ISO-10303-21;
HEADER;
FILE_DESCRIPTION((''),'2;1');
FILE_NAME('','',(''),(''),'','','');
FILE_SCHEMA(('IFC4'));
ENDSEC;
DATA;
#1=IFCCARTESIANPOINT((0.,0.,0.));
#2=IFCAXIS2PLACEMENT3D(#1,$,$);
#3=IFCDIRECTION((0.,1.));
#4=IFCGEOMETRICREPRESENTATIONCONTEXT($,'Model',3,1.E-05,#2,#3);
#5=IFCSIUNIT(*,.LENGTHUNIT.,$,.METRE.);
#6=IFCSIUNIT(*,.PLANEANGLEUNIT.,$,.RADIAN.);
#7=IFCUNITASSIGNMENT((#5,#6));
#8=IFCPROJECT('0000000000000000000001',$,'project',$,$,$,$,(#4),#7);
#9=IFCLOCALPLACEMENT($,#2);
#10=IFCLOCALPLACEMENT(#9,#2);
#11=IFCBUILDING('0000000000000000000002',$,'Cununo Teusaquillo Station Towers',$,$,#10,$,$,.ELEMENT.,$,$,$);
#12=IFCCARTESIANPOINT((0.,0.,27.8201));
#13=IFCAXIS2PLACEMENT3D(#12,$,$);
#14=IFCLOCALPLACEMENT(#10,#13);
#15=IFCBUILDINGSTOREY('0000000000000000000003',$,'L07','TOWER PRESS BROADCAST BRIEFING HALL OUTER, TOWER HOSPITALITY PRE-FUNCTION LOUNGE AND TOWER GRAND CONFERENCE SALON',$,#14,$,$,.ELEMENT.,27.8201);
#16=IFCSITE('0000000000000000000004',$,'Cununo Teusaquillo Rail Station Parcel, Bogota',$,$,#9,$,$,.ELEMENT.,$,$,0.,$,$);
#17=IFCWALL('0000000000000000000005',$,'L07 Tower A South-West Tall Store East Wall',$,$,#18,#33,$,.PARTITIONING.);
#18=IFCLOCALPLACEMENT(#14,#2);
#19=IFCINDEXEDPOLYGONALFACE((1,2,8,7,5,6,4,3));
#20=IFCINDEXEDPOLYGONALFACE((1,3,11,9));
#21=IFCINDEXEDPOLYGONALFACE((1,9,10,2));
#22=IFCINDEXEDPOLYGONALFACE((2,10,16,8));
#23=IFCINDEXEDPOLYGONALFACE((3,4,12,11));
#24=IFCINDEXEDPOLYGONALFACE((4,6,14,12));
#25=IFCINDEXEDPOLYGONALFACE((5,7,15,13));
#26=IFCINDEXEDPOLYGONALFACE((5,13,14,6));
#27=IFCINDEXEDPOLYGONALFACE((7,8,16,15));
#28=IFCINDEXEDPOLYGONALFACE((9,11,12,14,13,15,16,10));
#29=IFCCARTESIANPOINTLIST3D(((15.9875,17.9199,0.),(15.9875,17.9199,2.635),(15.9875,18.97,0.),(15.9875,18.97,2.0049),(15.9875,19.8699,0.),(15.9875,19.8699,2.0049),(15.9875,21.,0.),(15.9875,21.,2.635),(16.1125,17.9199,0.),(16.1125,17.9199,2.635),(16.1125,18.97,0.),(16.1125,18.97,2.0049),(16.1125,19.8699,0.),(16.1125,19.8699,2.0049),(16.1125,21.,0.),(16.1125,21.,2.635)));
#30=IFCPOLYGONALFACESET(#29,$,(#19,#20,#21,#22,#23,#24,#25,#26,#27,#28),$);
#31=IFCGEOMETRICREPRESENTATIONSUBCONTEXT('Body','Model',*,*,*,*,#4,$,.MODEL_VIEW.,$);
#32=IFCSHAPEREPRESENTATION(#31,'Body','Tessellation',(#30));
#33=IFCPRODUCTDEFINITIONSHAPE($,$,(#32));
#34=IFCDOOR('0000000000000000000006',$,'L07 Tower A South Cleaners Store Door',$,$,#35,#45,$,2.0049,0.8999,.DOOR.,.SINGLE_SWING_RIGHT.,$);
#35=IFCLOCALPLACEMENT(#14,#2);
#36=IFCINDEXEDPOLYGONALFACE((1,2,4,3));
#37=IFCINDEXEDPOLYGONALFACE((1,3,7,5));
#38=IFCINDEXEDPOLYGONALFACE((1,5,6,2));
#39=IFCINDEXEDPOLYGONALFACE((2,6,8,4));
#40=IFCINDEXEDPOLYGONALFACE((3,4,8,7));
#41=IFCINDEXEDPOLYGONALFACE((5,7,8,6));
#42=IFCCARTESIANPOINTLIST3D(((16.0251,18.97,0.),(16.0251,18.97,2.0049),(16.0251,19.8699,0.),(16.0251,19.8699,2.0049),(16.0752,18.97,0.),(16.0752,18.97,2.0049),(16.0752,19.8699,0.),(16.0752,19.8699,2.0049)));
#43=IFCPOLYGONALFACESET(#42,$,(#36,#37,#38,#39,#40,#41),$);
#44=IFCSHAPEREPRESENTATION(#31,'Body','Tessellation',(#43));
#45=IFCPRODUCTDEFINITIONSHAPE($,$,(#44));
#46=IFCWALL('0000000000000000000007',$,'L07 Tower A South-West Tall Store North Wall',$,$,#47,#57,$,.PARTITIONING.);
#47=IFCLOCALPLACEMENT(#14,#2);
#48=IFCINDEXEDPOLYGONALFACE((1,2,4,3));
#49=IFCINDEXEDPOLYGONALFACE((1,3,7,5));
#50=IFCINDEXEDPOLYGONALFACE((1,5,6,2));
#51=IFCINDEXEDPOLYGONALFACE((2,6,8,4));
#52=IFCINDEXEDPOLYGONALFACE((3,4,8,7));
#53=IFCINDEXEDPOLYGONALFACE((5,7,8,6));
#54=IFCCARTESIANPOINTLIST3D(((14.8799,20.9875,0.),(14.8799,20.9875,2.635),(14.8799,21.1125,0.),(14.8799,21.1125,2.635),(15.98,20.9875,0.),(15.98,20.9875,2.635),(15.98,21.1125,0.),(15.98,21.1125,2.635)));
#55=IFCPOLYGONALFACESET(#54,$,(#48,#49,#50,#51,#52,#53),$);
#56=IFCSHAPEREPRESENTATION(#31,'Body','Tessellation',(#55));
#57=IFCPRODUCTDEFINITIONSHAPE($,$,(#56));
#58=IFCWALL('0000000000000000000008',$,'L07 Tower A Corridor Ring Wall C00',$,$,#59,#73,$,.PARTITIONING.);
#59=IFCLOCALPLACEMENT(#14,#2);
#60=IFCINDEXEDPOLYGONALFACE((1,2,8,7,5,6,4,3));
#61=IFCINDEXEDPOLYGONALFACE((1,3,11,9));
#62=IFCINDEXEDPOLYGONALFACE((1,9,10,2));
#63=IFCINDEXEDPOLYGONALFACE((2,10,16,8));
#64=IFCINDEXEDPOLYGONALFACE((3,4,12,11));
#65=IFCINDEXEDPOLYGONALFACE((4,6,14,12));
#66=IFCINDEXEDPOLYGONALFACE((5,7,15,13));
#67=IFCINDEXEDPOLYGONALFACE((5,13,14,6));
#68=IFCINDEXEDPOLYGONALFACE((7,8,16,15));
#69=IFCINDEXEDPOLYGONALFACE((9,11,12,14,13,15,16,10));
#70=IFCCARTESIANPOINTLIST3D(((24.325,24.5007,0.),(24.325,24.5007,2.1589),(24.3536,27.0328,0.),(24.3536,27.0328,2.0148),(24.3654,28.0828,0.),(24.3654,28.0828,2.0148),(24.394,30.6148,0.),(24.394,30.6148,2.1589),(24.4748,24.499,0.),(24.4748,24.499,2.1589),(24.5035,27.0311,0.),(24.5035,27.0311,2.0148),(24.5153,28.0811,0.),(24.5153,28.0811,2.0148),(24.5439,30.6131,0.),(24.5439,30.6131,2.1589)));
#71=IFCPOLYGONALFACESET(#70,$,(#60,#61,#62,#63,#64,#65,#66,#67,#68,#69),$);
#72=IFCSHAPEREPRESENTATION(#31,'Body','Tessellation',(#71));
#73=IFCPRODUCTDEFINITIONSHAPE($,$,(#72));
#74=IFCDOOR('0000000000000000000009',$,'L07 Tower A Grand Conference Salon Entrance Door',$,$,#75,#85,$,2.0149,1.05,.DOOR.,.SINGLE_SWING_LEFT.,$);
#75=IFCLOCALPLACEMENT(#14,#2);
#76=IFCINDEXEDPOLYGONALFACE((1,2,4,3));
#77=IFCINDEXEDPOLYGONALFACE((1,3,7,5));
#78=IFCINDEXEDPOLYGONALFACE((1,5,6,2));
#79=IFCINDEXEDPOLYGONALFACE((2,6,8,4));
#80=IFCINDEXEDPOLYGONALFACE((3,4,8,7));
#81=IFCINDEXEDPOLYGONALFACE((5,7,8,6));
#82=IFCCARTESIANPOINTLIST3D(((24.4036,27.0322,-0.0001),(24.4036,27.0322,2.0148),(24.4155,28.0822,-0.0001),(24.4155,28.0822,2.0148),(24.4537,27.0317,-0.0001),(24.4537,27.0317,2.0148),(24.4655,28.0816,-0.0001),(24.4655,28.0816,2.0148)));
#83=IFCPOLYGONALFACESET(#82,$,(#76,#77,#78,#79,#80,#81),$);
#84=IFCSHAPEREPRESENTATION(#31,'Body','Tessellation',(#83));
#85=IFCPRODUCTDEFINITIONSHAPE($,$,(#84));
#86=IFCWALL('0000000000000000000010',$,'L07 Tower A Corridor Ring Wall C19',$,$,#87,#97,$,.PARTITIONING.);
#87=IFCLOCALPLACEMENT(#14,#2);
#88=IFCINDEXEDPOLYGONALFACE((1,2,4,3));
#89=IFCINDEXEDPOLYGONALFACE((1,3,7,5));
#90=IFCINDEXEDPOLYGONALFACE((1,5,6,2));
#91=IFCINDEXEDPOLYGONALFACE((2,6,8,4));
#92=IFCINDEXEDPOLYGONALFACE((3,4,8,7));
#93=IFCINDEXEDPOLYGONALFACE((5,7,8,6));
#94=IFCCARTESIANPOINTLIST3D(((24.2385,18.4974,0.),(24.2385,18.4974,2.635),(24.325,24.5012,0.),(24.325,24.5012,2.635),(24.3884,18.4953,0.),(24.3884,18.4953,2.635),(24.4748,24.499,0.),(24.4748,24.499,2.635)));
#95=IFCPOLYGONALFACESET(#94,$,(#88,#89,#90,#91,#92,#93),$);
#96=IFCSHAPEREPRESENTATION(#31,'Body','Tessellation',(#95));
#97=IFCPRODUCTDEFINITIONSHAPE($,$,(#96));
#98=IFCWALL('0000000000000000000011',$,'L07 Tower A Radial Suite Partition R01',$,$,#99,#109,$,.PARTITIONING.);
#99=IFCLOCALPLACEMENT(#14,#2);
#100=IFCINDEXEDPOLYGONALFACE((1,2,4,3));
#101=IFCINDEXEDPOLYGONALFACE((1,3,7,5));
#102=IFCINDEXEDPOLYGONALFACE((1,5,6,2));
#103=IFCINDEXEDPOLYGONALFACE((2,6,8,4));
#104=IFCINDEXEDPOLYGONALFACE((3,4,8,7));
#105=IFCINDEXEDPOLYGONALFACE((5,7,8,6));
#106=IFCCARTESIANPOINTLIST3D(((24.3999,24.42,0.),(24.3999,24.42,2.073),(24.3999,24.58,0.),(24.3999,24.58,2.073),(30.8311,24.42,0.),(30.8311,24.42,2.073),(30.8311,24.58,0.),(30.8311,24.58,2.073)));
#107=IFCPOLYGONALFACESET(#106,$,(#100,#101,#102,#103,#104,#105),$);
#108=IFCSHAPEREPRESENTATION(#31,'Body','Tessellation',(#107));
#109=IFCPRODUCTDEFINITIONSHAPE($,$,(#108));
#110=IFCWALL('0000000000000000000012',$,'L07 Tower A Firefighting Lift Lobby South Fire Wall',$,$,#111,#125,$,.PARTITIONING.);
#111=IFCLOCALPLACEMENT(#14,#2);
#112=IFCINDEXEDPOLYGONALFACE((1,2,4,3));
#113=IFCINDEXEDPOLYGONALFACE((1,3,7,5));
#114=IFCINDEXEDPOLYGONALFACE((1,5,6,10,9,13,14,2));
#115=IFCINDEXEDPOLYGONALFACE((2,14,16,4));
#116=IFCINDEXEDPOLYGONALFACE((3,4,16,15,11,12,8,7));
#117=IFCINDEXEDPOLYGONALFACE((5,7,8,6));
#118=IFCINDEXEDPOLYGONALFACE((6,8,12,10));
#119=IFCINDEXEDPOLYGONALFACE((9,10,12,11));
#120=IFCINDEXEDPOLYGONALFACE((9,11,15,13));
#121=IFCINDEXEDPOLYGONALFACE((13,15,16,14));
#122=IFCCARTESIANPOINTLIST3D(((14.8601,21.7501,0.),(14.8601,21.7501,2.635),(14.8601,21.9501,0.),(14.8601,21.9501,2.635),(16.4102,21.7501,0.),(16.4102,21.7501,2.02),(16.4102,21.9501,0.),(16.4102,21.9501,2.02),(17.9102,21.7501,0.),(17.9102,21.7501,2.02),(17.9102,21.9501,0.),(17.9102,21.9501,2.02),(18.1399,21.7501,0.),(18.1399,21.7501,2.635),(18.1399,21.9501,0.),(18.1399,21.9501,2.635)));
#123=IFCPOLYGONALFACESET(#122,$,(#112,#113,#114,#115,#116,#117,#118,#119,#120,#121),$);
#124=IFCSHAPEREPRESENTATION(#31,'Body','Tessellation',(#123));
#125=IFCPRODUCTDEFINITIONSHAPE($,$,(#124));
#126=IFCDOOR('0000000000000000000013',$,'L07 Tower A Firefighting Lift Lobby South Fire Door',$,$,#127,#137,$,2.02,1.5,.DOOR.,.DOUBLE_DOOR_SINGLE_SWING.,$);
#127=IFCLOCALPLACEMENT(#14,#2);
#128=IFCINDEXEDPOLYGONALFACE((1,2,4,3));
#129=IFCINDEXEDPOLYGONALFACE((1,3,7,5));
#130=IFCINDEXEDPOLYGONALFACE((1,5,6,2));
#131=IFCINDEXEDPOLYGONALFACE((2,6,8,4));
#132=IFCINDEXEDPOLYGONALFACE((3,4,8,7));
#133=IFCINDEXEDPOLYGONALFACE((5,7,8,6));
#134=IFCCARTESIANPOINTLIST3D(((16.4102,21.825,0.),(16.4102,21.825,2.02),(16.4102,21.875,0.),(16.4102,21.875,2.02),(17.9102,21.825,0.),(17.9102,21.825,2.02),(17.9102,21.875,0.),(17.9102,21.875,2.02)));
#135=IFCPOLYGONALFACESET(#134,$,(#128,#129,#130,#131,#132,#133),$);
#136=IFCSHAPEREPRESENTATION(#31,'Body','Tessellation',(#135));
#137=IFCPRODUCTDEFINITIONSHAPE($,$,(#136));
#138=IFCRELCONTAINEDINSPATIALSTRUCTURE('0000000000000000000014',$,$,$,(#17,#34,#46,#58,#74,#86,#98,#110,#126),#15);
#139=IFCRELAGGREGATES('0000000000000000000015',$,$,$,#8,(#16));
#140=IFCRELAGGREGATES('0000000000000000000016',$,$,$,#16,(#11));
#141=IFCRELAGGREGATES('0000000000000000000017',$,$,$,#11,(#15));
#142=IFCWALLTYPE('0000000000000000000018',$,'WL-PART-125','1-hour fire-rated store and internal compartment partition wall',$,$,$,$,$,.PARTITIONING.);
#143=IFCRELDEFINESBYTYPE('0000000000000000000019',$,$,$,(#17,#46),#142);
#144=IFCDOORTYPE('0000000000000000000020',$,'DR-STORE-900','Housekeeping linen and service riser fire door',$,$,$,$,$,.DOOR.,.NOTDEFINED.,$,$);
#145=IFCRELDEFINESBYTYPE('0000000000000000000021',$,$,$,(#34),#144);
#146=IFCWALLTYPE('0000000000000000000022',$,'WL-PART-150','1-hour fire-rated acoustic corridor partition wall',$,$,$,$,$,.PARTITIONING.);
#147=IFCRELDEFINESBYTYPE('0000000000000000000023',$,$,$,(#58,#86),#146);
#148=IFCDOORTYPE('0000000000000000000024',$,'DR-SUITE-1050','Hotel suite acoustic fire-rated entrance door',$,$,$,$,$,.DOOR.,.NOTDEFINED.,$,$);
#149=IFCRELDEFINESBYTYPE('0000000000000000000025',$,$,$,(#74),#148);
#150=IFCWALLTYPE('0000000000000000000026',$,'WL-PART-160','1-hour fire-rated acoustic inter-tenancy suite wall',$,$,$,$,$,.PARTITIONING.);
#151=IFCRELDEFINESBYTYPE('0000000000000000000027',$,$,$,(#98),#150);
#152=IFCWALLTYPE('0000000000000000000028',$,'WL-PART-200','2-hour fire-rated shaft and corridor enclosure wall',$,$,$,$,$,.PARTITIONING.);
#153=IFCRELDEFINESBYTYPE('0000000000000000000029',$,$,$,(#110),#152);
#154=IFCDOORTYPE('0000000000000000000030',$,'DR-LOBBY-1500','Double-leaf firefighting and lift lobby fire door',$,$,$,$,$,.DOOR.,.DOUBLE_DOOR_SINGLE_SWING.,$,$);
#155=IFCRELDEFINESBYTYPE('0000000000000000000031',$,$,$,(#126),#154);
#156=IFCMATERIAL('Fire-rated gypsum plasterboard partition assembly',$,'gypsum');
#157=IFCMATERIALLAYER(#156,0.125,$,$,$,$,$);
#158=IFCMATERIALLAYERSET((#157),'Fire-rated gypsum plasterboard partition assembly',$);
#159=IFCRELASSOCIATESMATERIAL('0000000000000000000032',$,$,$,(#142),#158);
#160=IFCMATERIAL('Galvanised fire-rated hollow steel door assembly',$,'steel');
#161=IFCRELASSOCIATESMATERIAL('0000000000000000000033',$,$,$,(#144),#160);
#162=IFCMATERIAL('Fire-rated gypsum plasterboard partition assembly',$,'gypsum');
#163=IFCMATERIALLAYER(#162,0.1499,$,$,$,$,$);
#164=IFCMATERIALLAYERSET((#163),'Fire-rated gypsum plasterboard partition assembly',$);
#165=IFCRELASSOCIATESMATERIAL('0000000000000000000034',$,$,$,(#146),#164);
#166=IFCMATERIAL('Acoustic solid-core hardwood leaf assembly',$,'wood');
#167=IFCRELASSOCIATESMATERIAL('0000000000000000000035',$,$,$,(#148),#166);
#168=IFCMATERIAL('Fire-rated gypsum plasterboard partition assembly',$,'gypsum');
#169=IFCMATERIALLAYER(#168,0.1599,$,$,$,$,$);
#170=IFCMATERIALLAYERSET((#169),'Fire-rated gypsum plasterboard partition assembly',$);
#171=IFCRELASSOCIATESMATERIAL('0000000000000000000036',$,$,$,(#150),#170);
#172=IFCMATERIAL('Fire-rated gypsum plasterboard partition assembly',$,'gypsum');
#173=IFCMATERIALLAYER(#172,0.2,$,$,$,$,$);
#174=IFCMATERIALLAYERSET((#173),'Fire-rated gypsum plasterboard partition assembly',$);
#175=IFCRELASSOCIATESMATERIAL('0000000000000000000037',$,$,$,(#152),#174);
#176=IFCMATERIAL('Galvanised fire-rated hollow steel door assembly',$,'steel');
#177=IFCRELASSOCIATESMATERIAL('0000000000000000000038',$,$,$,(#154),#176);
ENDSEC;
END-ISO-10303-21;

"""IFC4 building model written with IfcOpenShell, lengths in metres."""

from ifc_helpers import new_model, si_unit, direction, frame, frame_2d, origin, place, context, subcontext, project, spatial, rectangle, extrude, source, transform, mapped, material, layer, layer_set, type_object, element, fill, save


model = new_model("IFC4")

# Units and contexts
model_context = context("Model", 3, precision=1e-05, world=origin(), true_north=direction((0.0, 1.0)))
body_context = subcontext(model_context, "Body", "Model", "MODEL_VIEW")
ifc_project = project(units=[si_unit("LENGTHUNIT", "METRE"), si_unit("PLANEANGLEUNIT", "RADIAN")], contexts=[model_context])

# Site, building, storey
site_placement = place(None, origin())
site = spatial("IfcSite", under=ifc_project, at=site_placement, Name="Cununo Teusaquillo Rail Station Parcel, Bogota", CompositionType="ELEMENT", RefElevation=0.0)
building_placement = place(site_placement, origin())
building = spatial("IfcBuilding", under=site, at=building_placement, Name="Cununo Teusaquillo Station Towers", CompositionType="ELEMENT")
storey_placement = place(building_placement, frame((0.0, 0.0, 27.8201)))
storey = spatial("IfcBuildingStorey", under=building, at=storey_placement, Name="L07", Description="TOWER PRESS BROADCAST BRIEFING HALL OUTER, TOWER HOSPITALITY PRE-FUNCTION LOUNGE AND TOWER GRAND CONFERENCE SALON", CompositionType="ELEMENT", Elevation=27.8201)

# Wall, opening, door
ifc_material_1 = material(Name="Fire-rated gypsum plasterboard partition assembly", Category="gypsum")
ifc_layer_1 = layer(ifc_material_1, 0.125)
ifc_layer_set_1 = layer_set([ifc_layer_1], Name="Fire-rated gypsum plasterboard partition assembly")
wall_type_1 = type_object("IfcWallType", Name="WL-PART-125", Description="1-hour fire-rated store and internal compartment partition wall", PredefinedType="PARTITIONING", material=ifc_layer_set_1)
wall_1_placement = place(storey_placement, frame((16.05, 17.9199, 0.0), z_axis=(0.0, 0.0, 1.0), x_axis=(0.0, 1.0, 0.0)))
wall_1 = element("IfcWall", 1, at=wall_1_placement, inside=storey, type_object=wall_type_1, Name="L07 Tower A South-West Tall Store East Wall", PredefinedType="PARTITIONING", context=body_context, shape_type="SweptSolid", body=[
    extrude(rectangle(XDim=3.0801, YDim=0.125, at=frame_2d((1.54, 0.0))), origin(), (0.0, 0.0, 1.0), 2.635),
])
shared_shape_1 = source(origin(), body_context, "Body", "SweptSolid", [
    extrude(rectangle(XDim=0.8999, YDim=2.0049, at=frame_2d((0.45, 1.0024))), frame((0.0, 0.0725, 0.0), z_axis=(0.0, -1.0, 0.0), x_axis=(1.0, 0.0, 0.0)), (0.0, 0.0, 1.0), 0.145),
])
opening_1_placement = place(wall_1_placement, frame((1.05, 0.0, 0.0)))
opening_1 = element("IfcOpeningElement", 2, at=opening_1_placement, cuts=wall_1, PredefinedType="OPENING", context=body_context, shape_type="MappedRepresentation", body=[
    mapped(shared_shape_1, transform((0.0, 0.0, 0.0), x_axis=(1.0, 0.0, 0.0), y_axis=(0.0, 1.0, 0.0), z_axis=(0.0, 0.0, 1.0), scale=1.0)),
])
ifc_material_2 = material(Name="Galvanised fire-rated hollow steel door assembly", Category="steel")
door_type_1 = type_object("IfcDoorType", Name="DR-STORE-900", Description="Housekeeping linen and service riser fire door", OperationType="NOTDEFINED", PredefinedType="DOOR", material=ifc_material_2)
shared_shape_2 = source(origin(), body_context, "Body", "SweptSolid", [
    extrude(rectangle(XDim=0.8999, YDim=2.0049, at=frame_2d((0.45, 1.0024))), frame((0.0, 0.0249, 0.0), z_axis=(0.0, -1.0, 0.0), x_axis=(1.0, 0.0, 0.0)), (0.0, 0.0, 1.0), 0.05),
])
door_1_placement = place(opening_1_placement, origin())
door_1 = element("IfcDoor", 3, at=door_1_placement, inside=storey, type_object=door_type_1, Name="L07 Tower A South Cleaners Store Door", OperationType="SINGLE_SWING_RIGHT", OverallHeight=2.0049, OverallWidth=0.8999, PredefinedType="DOOR", context=body_context, shape_type="MappedRepresentation", body=[
    mapped(shared_shape_2, transform((0.0, 0.0, 0.0), x_axis=(1.0, 0.0, 0.0), y_axis=(0.0, 1.0, 0.0), z_axis=(0.0, 0.0, 1.0), scale=1.0)),
])
fill(opening_1, door_1)

# Wall
wall_2_placement = place(storey_placement, frame((14.8799, 21.05, 0.0), z_axis=(0.0, 0.0, 1.0), x_axis=(1.0, 0.0, 0.0)))
element("IfcWall", 4, at=wall_2_placement, inside=storey, type_object=wall_type_1, Name="L07 Tower A South-West Tall Store North Wall", PredefinedType="PARTITIONING", context=body_context, shape_type="SweptSolid", body=[
    extrude(rectangle(XDim=1.1001, YDim=0.125, at=frame_2d((0.55, 0.0))), origin(), (0.0, 0.0, 1.0), 2.635),
])

# Wall, opening, door
ifc_material_3 = material(Name="Fire-rated gypsum plasterboard partition assembly", Category="gypsum")
ifc_layer_2 = layer(ifc_material_3, 0.1499)
ifc_layer_set_2 = layer_set([ifc_layer_2], Name="Fire-rated gypsum plasterboard partition assembly")
wall_type_2 = type_object("IfcWallType", Name="WL-PART-150", Description="1-hour fire-rated acoustic corridor partition wall", PredefinedType="PARTITIONING", material=ifc_layer_set_2)
wall_3_placement = place(storey_placement, frame((24.3999, 24.5, 0.0), z_axis=(0.0, 0.0, 1.0), x_axis=(0.0113, 0.999936, 0.0)))
wall_3 = element("IfcWall", 5, at=wall_3_placement, inside=storey, type_object=wall_type_2, Name="L07 Tower A Corridor Ring Wall C00", PredefinedType="PARTITIONING", context=body_context, shape_type="SweptSolid", body=[
    extrude(rectangle(XDim=6.1145, YDim=0.1499, at=frame_2d((3.0571, 0.0))), origin(), (0.0, 0.0, 1.0), 2.1589),
])
shared_shape_3 = source(origin(), body_context, "Body", "SweptSolid", [
    extrude(rectangle(XDim=1.05, YDim=2.0149, at=frame_2d((0.5249, 1.0073))), frame((0.0, 0.085, 0.0), z_axis=(0.0, -1.0, 0.0), x_axis=(1.0, 0.0, 0.0)), (0.0, 0.0, 1.0), 0.1699),
])
opening_2_placement = place(wall_3_placement, frame((2.5322, 0.0, 0.0)))
opening_2 = element("IfcOpeningElement", 6, at=opening_2_placement, cuts=wall_3, PredefinedType="OPENING", context=body_context, shape_type="MappedRepresentation", body=[
    mapped(shared_shape_3, transform((0.0, 0.0, 0.0), x_axis=(1.0, 0.0, 0.0), y_axis=(0.0, 1.0, 0.0), z_axis=(0.0, 0.0, 1.0), scale=1.0)),
])
ifc_material_4 = material(Name="Acoustic solid-core hardwood leaf assembly", Category="wood")
door_type_2 = type_object("IfcDoorType", Name="DR-SUITE-1050", Description="Hotel suite acoustic fire-rated entrance door", OperationType="NOTDEFINED", PredefinedType="DOOR", material=ifc_material_4)
shared_shape_4 = source(origin(), body_context, "Body", "SweptSolid", [
    extrude(rectangle(XDim=1.05, YDim=2.0149, at=frame_2d((0.5249, 1.0073))), frame((0.0, 0.0249, 0.0), z_axis=(0.0, -1.0, 0.0), x_axis=(1.0, 0.0, 0.0)), (0.0, 0.0, 1.0), 0.05),
])
door_2_placement = place(opening_2_placement, origin())
door_2 = element("IfcDoor", 7, at=door_2_placement, inside=storey, type_object=door_type_2, Name="L07 Tower A Grand Conference Salon Entrance Door", OperationType="SINGLE_SWING_LEFT", OverallHeight=2.0149, OverallWidth=1.05, PredefinedType="DOOR", context=body_context, shape_type="MappedRepresentation", body=[
    mapped(shared_shape_4, transform((0.0, 0.0, 0.0), x_axis=(1.0, 0.0, 0.0), y_axis=(0.0, 1.0, 0.0), z_axis=(0.0, 0.0, 1.0), scale=1.0)),
])
fill(opening_2, door_2)

# Walls
wall_4_placement = place(storey_placement, frame((24.3135, 18.4963, 0.0), z_axis=(0.0, 0.0, 1.0), x_axis=(0.014394, 0.999896, 0.0)))
element("IfcWall", 8, at=wall_4_placement, inside=storey, type_object=wall_type_2, Name="L07 Tower A Corridor Ring Wall C19", PredefinedType="PARTITIONING", context=body_context, shape_type="SweptSolid", body=[
    extrude(rectangle(XDim=6.0044, YDim=0.1499, at=frame_2d((3.0022, 0.0))), origin(), (0.0, 0.0, 1.0), 2.635),
])
ifc_material_5 = material(Name="Fire-rated gypsum plasterboard partition assembly", Category="gypsum")
ifc_layer_3 = layer(ifc_material_5, 0.1599)
ifc_layer_set_3 = layer_set([ifc_layer_3], Name="Fire-rated gypsum plasterboard partition assembly")
wall_type_3 = type_object("IfcWallType", Name="WL-PART-160", Description="1-hour fire-rated acoustic inter-tenancy suite wall", PredefinedType="PARTITIONING", material=ifc_layer_set_3)
wall_5_placement = place(storey_placement, frame((24.3999, 24.5, 0.0), z_axis=(0.0, 0.0, 1.0), x_axis=(1.0, 0.0, 0.0)))
element("IfcWall", 9, at=wall_5_placement, inside=storey, type_object=wall_type_3, Name="L07 Tower A Radial Suite Partition R01", PredefinedType="PARTITIONING", context=body_context, shape_type="SweptSolid", body=[
    extrude(rectangle(XDim=6.4312, YDim=0.1599, at=frame_2d((3.2156, 0.0))), origin(), (0.0, 0.0, 1.0), 2.073),
])

# Wall, opening, door
ifc_material_6 = material(Name="Fire-rated gypsum plasterboard partition assembly", Category="gypsum")
ifc_layer_4 = layer(ifc_material_6, 0.2)
ifc_layer_set_4 = layer_set([ifc_layer_4], Name="Fire-rated gypsum plasterboard partition assembly")
wall_type_4 = type_object("IfcWallType", Name="WL-PART-200", Description="2-hour fire-rated shaft and corridor enclosure wall", PredefinedType="PARTITIONING", material=ifc_layer_set_4)
wall_6_placement = place(storey_placement, frame((14.8601, 21.8501, 0.0), z_axis=(0.0, 0.0, 1.0), x_axis=(1.0, 0.0, 0.0)))
wall_6 = element("IfcWall", 10, at=wall_6_placement, inside=storey, type_object=wall_type_4, Name="L07 Tower A Firefighting Lift Lobby South Fire Wall", PredefinedType="PARTITIONING", context=body_context, shape_type="SweptSolid", body=[
    extrude(rectangle(XDim=3.2798, YDim=0.2, at=frame_2d((1.6399, 0.0))), origin(), (0.0, 0.0, 1.0), 2.635),
])
shared_shape_5 = source(origin(), body_context, "Body", "SweptSolid", [
    extrude(rectangle(XDim=1.5, YDim=2.02, at=frame_2d((0.75, 1.01))), frame((0.0, 0.1099, 0.0), z_axis=(0.0, -1.0, 0.0), x_axis=(1.0, 0.0, 0.0)), (0.0, 0.0, 1.0), 0.22),
])
opening_3_placement = place(wall_6_placement, frame((1.55, 0.0, 0.0)))
opening_3 = element("IfcOpeningElement", 11, at=opening_3_placement, cuts=wall_6, PredefinedType="OPENING", context=body_context, shape_type="MappedRepresentation", body=[
    mapped(shared_shape_5, transform((0.0, 0.0, 0.0), x_axis=(1.0, 0.0, 0.0), y_axis=(0.0, 1.0, 0.0), z_axis=(0.0, 0.0, 1.0), scale=1.0)),
])
ifc_material_7 = material(Name="Galvanised fire-rated hollow steel door assembly", Category="steel")
door_type_3 = type_object("IfcDoorType", Name="DR-LOBBY-1500", Description="Double-leaf firefighting and lift lobby fire door", OperationType="DOUBLE_DOOR_SINGLE_SWING", PredefinedType="DOOR", material=ifc_material_7)
shared_shape_6 = source(origin(), body_context, "Body", "SweptSolid", [
    extrude(rectangle(XDim=1.5, YDim=2.02, at=frame_2d((0.75, 1.01))), frame((0.0, 0.0249, 0.0), z_axis=(0.0, -1.0, 0.0), x_axis=(1.0, 0.0, 0.0)), (0.0, 0.0, 1.0), 0.05),
])
door_3_placement = place(opening_3_placement, origin())
door_3 = element("IfcDoor", 12, at=door_3_placement, inside=storey, type_object=door_type_3, Name="L07 Tower A Firefighting Lift Lobby South Fire Door", OperationType="DOUBLE_DOOR_SINGLE_SWING", OverallHeight=2.02, OverallWidth=1.5, PredefinedType="DOOR", context=body_context, shape_type="MappedRepresentation", body=[
    mapped(shared_shape_6, transform((0.0, 0.0, 0.0), x_axis=(1.0, 0.0, 0.0), y_axis=(0.0, 1.0, 0.0), z_axis=(0.0, 0.0, 1.0), scale=1.0)),
])
fill(opening_3, door_3)

save(model, "model.ifc")
